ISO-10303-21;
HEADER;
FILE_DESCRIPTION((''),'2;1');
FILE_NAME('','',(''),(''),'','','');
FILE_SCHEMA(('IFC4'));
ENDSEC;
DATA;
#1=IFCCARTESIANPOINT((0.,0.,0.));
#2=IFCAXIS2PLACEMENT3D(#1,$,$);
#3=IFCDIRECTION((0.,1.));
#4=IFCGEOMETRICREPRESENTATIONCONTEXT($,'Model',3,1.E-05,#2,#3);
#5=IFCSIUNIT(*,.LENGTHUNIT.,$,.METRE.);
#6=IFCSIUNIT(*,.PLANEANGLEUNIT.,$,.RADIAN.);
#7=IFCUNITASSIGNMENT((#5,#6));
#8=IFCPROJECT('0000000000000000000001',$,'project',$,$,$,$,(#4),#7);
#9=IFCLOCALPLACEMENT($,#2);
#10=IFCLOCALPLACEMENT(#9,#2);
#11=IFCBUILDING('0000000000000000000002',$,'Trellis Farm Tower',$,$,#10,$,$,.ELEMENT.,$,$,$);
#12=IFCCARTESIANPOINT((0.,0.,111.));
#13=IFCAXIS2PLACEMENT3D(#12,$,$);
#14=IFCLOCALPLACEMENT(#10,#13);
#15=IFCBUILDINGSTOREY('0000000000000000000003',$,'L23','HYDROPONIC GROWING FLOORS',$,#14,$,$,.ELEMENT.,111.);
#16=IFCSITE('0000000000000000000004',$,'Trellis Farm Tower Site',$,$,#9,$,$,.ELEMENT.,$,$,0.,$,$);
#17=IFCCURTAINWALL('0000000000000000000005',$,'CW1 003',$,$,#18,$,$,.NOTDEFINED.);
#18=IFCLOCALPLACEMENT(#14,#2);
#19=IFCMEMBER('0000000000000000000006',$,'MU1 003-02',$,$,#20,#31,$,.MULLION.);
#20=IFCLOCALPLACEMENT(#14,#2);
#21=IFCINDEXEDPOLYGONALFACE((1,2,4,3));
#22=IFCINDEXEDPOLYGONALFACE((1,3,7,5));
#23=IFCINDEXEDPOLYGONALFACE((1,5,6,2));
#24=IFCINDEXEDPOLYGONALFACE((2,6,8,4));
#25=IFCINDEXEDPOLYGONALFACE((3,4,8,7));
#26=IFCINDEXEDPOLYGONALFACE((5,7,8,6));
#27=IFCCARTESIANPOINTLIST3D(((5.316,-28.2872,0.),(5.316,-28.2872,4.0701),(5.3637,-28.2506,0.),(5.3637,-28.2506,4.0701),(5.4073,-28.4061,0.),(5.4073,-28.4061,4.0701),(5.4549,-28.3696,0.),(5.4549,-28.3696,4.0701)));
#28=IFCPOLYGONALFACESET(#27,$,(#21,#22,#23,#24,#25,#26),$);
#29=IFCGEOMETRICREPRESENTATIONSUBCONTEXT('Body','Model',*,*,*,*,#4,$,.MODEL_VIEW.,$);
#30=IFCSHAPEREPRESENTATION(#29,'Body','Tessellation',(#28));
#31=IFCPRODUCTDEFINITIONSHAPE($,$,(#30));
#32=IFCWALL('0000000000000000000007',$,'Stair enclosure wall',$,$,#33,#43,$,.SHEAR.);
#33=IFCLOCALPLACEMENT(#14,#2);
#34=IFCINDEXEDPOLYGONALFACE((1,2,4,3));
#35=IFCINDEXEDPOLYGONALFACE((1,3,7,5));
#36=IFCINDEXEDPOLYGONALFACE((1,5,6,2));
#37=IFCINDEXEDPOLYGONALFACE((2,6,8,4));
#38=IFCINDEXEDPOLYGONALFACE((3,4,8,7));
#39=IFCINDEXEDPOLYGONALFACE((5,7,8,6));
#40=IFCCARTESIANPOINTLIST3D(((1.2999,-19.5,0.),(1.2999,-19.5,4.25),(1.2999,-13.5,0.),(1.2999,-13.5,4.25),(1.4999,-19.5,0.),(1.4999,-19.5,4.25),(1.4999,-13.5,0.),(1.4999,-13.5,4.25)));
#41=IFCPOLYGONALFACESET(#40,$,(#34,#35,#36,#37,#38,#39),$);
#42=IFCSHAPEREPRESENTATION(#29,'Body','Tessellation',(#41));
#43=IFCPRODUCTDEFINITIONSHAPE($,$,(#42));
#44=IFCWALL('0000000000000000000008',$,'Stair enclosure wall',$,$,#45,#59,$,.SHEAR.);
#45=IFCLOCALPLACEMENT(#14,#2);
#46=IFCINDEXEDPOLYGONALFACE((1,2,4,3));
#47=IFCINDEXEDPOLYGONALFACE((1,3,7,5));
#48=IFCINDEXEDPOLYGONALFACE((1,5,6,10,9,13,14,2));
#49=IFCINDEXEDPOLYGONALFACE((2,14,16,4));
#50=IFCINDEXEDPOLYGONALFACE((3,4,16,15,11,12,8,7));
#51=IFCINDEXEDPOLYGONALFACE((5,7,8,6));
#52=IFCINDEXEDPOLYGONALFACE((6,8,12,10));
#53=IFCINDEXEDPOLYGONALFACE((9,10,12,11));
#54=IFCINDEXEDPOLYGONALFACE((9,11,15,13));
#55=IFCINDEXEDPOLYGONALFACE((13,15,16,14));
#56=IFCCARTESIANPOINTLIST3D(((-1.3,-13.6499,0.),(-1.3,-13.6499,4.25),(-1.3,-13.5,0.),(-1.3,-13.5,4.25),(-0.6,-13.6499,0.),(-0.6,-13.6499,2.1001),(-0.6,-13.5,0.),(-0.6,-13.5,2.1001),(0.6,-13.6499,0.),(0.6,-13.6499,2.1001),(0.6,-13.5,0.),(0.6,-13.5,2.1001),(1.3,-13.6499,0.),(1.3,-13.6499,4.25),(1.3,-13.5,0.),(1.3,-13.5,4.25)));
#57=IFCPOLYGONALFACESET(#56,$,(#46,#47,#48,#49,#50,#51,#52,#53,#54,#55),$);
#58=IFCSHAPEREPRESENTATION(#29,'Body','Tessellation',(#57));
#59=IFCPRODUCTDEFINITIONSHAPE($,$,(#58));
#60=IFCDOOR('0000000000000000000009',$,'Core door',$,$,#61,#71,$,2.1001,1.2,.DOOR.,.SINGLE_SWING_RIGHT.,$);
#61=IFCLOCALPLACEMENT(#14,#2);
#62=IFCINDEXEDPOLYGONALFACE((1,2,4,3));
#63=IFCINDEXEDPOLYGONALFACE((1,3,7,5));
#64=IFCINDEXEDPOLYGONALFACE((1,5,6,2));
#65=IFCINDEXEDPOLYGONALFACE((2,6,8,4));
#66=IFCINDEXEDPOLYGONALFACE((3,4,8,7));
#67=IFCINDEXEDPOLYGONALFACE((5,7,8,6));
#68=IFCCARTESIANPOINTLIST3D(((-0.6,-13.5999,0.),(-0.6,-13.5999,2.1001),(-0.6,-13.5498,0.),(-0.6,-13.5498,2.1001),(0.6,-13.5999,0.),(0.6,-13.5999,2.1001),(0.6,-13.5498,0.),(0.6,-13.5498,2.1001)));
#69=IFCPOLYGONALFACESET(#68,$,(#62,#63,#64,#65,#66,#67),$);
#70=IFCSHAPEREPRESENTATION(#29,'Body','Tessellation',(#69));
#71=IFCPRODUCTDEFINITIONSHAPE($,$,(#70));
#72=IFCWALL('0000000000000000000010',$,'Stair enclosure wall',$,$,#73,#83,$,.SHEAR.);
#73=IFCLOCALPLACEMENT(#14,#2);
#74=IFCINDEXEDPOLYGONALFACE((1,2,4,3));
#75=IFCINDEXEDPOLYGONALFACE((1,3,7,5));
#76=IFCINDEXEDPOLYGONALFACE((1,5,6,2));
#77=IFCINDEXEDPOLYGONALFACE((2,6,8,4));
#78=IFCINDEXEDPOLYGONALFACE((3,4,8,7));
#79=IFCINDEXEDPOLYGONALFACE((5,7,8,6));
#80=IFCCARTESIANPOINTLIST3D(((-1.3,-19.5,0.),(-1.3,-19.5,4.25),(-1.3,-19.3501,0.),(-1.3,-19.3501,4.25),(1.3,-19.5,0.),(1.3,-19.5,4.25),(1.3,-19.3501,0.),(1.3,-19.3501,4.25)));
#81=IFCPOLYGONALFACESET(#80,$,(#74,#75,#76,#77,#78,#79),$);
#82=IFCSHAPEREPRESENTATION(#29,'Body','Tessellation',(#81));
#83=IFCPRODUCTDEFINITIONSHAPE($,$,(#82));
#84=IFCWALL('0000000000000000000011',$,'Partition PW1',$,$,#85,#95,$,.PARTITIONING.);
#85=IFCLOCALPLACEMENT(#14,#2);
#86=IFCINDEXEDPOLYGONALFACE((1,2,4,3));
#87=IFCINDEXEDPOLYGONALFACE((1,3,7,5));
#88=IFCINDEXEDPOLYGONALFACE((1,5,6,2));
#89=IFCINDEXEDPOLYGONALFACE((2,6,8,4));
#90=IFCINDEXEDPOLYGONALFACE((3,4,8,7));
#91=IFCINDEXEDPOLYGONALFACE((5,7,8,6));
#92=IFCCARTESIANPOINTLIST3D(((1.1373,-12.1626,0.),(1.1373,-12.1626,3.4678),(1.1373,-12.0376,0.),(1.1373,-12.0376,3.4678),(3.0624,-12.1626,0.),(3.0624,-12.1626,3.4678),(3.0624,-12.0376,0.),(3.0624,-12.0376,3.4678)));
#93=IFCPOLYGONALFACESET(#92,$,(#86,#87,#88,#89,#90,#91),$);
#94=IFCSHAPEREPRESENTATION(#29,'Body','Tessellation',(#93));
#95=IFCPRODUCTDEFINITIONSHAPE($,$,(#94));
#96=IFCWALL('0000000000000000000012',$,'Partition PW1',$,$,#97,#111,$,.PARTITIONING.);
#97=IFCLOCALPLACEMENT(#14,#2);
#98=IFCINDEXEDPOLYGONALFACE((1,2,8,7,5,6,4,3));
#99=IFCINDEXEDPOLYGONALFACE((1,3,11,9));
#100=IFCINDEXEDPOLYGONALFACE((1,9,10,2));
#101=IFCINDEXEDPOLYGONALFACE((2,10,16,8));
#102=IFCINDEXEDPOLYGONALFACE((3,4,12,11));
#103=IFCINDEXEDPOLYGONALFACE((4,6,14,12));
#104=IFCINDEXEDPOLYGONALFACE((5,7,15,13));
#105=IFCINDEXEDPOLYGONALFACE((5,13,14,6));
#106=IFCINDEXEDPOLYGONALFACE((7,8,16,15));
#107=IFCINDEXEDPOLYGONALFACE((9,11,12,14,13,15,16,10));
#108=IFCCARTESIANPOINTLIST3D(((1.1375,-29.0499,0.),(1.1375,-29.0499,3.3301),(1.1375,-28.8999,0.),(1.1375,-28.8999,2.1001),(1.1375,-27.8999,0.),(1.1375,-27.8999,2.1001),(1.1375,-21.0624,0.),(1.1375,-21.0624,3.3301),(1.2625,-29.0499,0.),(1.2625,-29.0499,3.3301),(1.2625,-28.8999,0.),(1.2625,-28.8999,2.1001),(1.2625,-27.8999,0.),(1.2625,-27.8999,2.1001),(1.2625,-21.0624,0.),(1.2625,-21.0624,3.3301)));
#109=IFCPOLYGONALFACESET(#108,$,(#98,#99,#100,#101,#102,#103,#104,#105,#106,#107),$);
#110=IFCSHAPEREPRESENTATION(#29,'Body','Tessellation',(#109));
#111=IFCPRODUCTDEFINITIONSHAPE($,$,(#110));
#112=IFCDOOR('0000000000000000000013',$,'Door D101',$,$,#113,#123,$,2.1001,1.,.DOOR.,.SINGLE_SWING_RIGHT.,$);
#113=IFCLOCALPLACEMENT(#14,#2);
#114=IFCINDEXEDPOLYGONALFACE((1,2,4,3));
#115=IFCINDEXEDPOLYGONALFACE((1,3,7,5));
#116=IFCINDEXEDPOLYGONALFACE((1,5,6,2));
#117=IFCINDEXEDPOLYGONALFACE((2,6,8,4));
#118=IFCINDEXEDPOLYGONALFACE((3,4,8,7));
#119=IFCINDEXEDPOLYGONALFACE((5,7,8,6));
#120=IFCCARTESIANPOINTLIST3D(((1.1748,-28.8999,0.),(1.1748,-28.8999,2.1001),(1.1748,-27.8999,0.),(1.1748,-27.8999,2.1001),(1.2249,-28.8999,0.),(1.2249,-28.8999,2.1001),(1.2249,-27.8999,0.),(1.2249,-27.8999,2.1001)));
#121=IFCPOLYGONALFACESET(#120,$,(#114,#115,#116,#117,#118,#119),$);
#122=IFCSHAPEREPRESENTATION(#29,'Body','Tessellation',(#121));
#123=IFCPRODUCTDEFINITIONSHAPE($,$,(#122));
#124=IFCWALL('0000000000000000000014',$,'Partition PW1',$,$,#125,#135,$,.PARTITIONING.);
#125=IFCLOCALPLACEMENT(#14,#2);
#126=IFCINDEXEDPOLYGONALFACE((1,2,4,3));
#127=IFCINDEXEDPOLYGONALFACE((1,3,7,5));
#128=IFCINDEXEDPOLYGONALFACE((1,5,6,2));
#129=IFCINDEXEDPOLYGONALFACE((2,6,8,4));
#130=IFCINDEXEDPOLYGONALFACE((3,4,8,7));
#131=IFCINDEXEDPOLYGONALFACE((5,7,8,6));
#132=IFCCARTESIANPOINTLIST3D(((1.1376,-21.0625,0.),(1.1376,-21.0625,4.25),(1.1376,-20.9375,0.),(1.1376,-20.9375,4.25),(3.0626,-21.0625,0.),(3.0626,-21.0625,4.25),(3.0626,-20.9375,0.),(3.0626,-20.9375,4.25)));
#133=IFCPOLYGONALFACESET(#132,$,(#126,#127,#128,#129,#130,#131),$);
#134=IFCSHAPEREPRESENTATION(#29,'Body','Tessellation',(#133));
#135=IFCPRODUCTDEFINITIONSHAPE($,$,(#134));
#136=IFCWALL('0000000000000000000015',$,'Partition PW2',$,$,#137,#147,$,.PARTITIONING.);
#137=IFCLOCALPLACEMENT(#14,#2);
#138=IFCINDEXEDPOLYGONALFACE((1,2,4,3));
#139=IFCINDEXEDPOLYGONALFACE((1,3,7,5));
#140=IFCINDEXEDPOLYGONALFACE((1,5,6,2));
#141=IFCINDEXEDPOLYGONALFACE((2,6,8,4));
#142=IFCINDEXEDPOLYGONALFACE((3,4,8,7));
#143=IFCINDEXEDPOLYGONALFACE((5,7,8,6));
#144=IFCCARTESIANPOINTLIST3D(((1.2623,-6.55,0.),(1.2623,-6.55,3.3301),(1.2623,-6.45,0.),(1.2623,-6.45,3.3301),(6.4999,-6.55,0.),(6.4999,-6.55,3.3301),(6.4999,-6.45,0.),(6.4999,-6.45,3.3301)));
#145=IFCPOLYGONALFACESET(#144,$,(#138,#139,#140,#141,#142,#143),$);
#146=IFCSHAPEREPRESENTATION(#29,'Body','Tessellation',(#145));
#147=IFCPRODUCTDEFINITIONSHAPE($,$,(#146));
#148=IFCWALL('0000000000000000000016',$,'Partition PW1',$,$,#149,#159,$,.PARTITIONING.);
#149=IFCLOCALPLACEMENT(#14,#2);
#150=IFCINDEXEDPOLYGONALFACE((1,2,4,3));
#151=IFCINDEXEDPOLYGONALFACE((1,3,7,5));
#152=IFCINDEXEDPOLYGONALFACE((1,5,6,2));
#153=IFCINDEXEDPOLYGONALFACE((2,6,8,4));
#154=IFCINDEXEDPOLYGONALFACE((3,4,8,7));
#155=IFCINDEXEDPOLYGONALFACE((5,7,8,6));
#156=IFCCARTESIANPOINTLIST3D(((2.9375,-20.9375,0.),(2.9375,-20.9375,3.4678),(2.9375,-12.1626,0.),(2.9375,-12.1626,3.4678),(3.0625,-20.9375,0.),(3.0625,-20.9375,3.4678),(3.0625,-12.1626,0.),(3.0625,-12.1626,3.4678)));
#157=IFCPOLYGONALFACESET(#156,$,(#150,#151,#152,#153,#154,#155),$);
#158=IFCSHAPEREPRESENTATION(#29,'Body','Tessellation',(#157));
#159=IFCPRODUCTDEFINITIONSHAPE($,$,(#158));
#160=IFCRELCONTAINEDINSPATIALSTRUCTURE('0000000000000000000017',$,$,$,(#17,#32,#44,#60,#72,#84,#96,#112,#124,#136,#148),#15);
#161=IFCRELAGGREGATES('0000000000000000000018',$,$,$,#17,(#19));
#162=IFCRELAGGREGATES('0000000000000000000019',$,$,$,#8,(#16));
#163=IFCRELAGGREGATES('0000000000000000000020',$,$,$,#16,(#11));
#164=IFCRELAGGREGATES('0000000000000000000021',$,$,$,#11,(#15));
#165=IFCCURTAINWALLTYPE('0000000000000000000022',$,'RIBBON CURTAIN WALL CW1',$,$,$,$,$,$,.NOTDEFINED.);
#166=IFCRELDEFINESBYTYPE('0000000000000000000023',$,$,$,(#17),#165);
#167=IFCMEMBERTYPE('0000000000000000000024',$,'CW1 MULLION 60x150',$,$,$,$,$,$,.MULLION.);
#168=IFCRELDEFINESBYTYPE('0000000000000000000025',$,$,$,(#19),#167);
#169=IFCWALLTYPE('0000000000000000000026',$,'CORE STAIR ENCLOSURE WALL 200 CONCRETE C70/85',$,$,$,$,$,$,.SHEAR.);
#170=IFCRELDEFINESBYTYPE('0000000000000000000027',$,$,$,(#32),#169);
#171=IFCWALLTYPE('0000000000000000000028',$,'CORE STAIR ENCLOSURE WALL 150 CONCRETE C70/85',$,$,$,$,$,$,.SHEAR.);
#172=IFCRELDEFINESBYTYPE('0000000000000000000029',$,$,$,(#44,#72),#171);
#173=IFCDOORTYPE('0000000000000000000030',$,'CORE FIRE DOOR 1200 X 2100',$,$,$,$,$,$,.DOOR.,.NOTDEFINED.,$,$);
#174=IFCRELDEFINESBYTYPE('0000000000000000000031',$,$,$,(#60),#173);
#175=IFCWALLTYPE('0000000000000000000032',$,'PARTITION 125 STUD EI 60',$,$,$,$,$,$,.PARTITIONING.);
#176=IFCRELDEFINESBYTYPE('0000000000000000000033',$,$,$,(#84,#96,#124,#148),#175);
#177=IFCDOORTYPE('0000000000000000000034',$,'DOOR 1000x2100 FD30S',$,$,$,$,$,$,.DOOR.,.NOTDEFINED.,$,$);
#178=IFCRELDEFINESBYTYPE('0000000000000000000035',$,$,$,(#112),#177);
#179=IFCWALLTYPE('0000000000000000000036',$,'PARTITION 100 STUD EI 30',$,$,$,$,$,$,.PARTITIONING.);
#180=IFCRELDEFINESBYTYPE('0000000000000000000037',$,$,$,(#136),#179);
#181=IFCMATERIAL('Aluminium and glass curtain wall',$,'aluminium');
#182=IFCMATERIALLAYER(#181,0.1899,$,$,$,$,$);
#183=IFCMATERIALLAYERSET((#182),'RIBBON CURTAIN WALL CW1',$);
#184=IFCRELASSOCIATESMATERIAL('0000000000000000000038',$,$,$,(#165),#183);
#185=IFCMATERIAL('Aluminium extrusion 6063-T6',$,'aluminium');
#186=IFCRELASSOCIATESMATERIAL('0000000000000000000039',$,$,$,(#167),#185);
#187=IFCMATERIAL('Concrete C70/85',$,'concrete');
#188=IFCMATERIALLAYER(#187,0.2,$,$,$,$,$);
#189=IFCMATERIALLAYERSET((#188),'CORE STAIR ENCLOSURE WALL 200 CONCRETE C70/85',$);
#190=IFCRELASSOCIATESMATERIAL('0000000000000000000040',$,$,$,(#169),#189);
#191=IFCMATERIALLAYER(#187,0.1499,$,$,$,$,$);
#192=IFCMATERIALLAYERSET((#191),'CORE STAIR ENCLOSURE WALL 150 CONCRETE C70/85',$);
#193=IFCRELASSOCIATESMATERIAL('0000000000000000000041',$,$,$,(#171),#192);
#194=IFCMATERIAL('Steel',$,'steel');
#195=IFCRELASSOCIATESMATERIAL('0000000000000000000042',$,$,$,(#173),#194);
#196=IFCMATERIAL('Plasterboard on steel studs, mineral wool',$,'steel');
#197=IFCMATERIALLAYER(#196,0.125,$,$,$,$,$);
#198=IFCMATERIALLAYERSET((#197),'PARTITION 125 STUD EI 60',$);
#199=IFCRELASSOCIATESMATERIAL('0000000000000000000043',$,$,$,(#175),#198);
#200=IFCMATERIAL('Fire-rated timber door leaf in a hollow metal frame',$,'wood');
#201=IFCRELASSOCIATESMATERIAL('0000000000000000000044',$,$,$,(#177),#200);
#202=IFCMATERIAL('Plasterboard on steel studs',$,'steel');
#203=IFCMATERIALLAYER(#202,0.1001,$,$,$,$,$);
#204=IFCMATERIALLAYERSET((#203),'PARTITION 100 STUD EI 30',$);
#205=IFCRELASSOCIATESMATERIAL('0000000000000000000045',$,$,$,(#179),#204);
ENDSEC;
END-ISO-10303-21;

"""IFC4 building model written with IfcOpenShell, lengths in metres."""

from ifc_helpers import new_model, si_unit, direction, frame, frame_2d, origin, origin_2d, place, context, subcontext, project, spatial, rectangle, extrude, source, transform, mapped, material, layer, layer_set, material_profile, profile_set, type_object, element, fill, aggregate, save


model = new_model("IFC4")

# Units and contexts
model_context = context("Model", 3, precision=1e-05, world=origin(), true_north=direction((0.0, 1.0)))
body_context = subcontext(model_context, "Body", "Model", "MODEL_VIEW")
ifc_project = project(units=[si_unit("LENGTHUNIT", "METRE"), si_unit("PLANEANGLEUNIT", "RADIAN")], contexts=[model_context])

# Site, building, storey
site_placement = place(None, origin())
site = spatial("IfcSite", under=ifc_project, at=site_placement, Name="Trellis Farm Tower Site", CompositionType="ELEMENT", RefElevation=0.0)
building_placement = place(site_placement, origin())
building = spatial("IfcBuilding", under=site, at=building_placement, Name="Trellis Farm Tower", CompositionType="ELEMENT")
storey_placement = place(building_placement, frame((0.0, 0.0, 111.0)))
storey = spatial("IfcBuildingStorey", under=building, at=storey_placement, Name="L23", Description="HYDROPONIC GROWING FLOORS", CompositionType="ELEMENT", Elevation=111.0)

# Curtain wall, member
ifc_material_1 = material(Name="Aluminium and glass curtain wall", Category="aluminium")
ifc_layer_1 = layer(ifc_material_1, 0.1899)
ifc_layer_set_1 = layer_set([ifc_layer_1], Name="RIBBON CURTAIN WALL CW1")
curtain_wall_type = type_object("IfcCurtainWallType", Name="RIBBON CURTAIN WALL CW1", PredefinedType="NOTDEFINED", material=ifc_layer_set_1)
placement = place(storey_placement, origin())
curtain_wall = element("IfcCurtainWall", 1, at=placement, inside=storey, type_object=curtain_wall_type, Name="CW1 003", PredefinedType="NOTDEFINED")
ifc_material_2 = material(Name="Aluminium extrusion 6063-T6", Category="aluminium")
ifc_material_profile_1 = material_profile(ifc_material_2, rectangle(XDim=0.0601, YDim=0.1499, at=origin_2d()), Name="MULLION 60x150")
ifc_profile_set_1 = profile_set([ifc_material_profile_1], Name="Aluminium extrusion 6063-T6")
member_type = type_object("IfcMemberType", Name="CW1 MULLION 60x150", PredefinedType="MULLION", material=ifc_profile_set_1)
shared_shape_1 = source(origin(), body_context, "Body", "SweptSolid", [
    extrude(rectangle(XDim=0.0601, YDim=0.1499, at=origin_2d()), origin(), (0.0, 0.0, 1.0), 4.0701),
])
member_placement = place(storey_placement, frame((5.3855, -28.3284, 0.0), z_axis=(0.0, 0.0, 1.0), x_axis=(0.793353, 0.608761, 0.0)))
member = element("IfcMember", 2, at=member_placement, type_object=member_type, Name="MU1 003-02", PredefinedType="MULLION", context=body_context, shape_type="MappedRepresentation", body=[
    mapped(shared_shape_1, transform((0.0, 0.0, 0.0))),
])
aggregate(curtain_wall, [member])

# Wall
ifc_material_3 = material(Name="Concrete C70/85", Category="concrete")
ifc_layer_2 = layer(ifc_material_3, 0.2)
ifc_layer_set_2 = layer_set([ifc_layer_2], Name="CORE STAIR ENCLOSURE WALL 200 CONCRETE C70/85")
wall_type_1 = type_object("IfcWallType", Name="CORE STAIR ENCLOSURE WALL 200 CONCRETE C70/85", PredefinedType="SHEAR", material=ifc_layer_set_2)
shared_shape_2 = source(origin(), body_context, "Body", "SweptSolid", [
    extrude(rectangle(XDim=6.0, YDim=0.2, at=frame_2d((3.0, 0.0))), origin(), (0.0, 0.0, 1.0), 4.25),
])
wall_1_placement = place(storey_placement, frame((1.3999, -13.5, 0.0), z_axis=(0.0, 0.0, 1.0), x_axis=(0.0, -1.0, 0.0)))
element("IfcWall", 3, at=wall_1_placement, inside=storey, type_object=wall_type_1, Name="Stair enclosure wall", PredefinedType="SHEAR", context=body_context, shape_type="MappedRepresentation", body=[
    mapped(shared_shape_2, transform((0.0, 0.0, 0.0))),
])

# Wall, opening, door
ifc_layer_3 = layer(ifc_material_3, 0.1499)
ifc_layer_set_3 = layer_set([ifc_layer_3], Name="CORE STAIR ENCLOSURE WALL 150 CONCRETE C70/85")
wall_type_2 = type_object("IfcWallType", Name="CORE STAIR ENCLOSURE WALL 150 CONCRETE C70/85", PredefinedType="SHEAR", material=ifc_layer_set_3)
shared_shape_3 = source(origin(), body_context, "Body", "SweptSolid", [
    extrude(rectangle(XDim=2.6001, YDim=0.1499, at=frame_2d((1.3, 0.0))), origin(), (0.0, 0.0, 1.0), 4.25),
])
wall_2_placement = place(storey_placement, frame((1.3, -13.575, 0.0), z_axis=(0.0, 0.0, 1.0), x_axis=(-1.0, 0.0, 0.0)))
wall_2 = element("IfcWall", 4, at=wall_2_placement, inside=storey, type_object=wall_type_2, Name="Stair enclosure wall", PredefinedType="SHEAR", context=body_context, shape_type="MappedRepresentation", body=[
    mapped(shared_shape_3, transform((0.0, 0.0, 0.0))),
])
shared_shape_4 = source(origin(), body_context, "Body", "SweptSolid", [
    extrude(rectangle(XDim=1.2, YDim=2.1001, at=frame_2d((0.6001, 1.05))), frame((0.0, 0.085, 0.0), z_axis=(0.0, -1.0, 0.0), x_axis=(1.0, 0.0, 0.0)), (0.0, 0.0, 1.0), 0.1699),
])
opening_1_placement = place(wall_2_placement, frame((0.7, 0.0, 0.0)))
opening_1 = element("IfcOpeningElement", 5, at=opening_1_placement, cuts=wall_2, PredefinedType="OPENING", context=body_context, shape_type="MappedRepresentation", body=[
    mapped(shared_shape_4, transform((0.0, 0.0, 0.0))),
])
ifc_material_4 = material(Name="Steel", Category="steel")
door_type_1 = type_object("IfcDoorType", Name="CORE FIRE DOOR 1200 X 2100", OperationType="NOTDEFINED", PredefinedType="DOOR", material=ifc_material_4)
shared_shape_5 = source(origin(), body_context, "Body", "SweptSolid", [
    extrude(rectangle(XDim=1.2, YDim=2.1001, at=frame_2d((0.6001, 1.05))), frame((0.0, 0.0249, 0.0), z_axis=(0.0, -1.0, 0.0), x_axis=(1.0, 0.0, 0.0)), (0.0, 0.0, 1.0), 0.05),
])
door_1_placement = place(opening_1_placement, origin())
door_1 = element("IfcDoor", 6, at=door_1_placement, inside=storey, type_object=door_type_1, Name="Core door", OperationType="SINGLE_SWING_RIGHT", OverallHeight=2.1001, OverallWidth=1.2, PredefinedType="DOOR", context=body_context, shape_type="MappedRepresentation", body=[
    mapped(shared_shape_5, transform((0.0, 0.0, 0.0))),
])
fill(opening_1, door_1)

# Walls
wall_3_placement = place(storey_placement, frame((1.3, -19.425, 0.0), z_axis=(0.0, 0.0, 1.0), x_axis=(-1.0, 0.0, 0.0)))
element("IfcWall", 7, at=wall_3_placement, inside=storey, type_object=wall_type_2, Name="Stair enclosure wall", PredefinedType="SHEAR", context=body_context, shape_type="MappedRepresentation", body=[
    mapped(shared_shape_3, transform((0.0, 0.0, 0.0))),
])
ifc_material_5 = material(Name="Plasterboard on steel studs, mineral wool", Category="steel")
ifc_layer_4 = layer(ifc_material_5, 0.125)
ifc_layer_set_4 = layer_set([ifc_layer_4], Name="PARTITION 125 STUD EI 60")
wall_type_3 = type_object("IfcWallType", Name="PARTITION 125 STUD EI 60", PredefinedType="PARTITIONING", material=ifc_layer_set_4)
shared_shape_6 = source(origin(), body_context, "Body", "SweptSolid", [
    extrude(rectangle(XDim=1.925, YDim=0.125, at=frame_2d((0.9624, 0.0))), origin(), (0.0, 0.0, 1.0), 3.4678),
])
wall_4_placement = place(storey_placement, frame((1.1375, -12.1001, 0.0), z_axis=(0.0, 0.0, 1.0), x_axis=(1.0, 0.0, 0.0)))
element("IfcWall", 8, at=wall_4_placement, inside=storey, type_object=wall_type_3, Name="Partition PW1", PredefinedType="PARTITIONING", context=body_context, shape_type="MappedRepresentation", body=[
    mapped(shared_shape_6, transform((0.0, 0.0, 0.0))),
])

# Wall, opening, door
shared_shape_7 = source(origin(), body_context, "Body", "SweptSolid", [
    extrude(rectangle(XDim=7.9875, YDim=0.125, at=frame_2d((3.9937, 0.0))), origin(), (0.0, 0.0, 1.0), 3.3301),
])
wall_5_placement = place(storey_placement, frame((1.2, -21.0625, 0.0), z_axis=(0.0, 0.0, 1.0), x_axis=(0.0, -1.0, 0.0)))
wall_5 = element("IfcWall", 9, at=wall_5_placement, inside=storey, type_object=wall_type_3, Name="Partition PW1", PredefinedType="PARTITIONING", context=body_context, shape_type="MappedRepresentation", body=[
    mapped(shared_shape_7, transform((0.0, 0.0, 0.0))),
])
shared_shape_8 = source(origin(), body_context, "Body", "SweptSolid", [
    extrude(rectangle(XDim=1.0, YDim=2.1001, at=frame_2d((0.5, 1.05))), frame((0.0, 0.0725, 0.0), z_axis=(0.0, -1.0, 0.0), x_axis=(1.0, 0.0, 0.0)), (0.0, 0.0, 1.0), 0.145),
])
opening_2_placement = place(wall_5_placement, frame((6.8374, 0.0, 0.0)))
opening_2 = element("IfcOpeningElement", 10, at=opening_2_placement, cuts=wall_5, PredefinedType="OPENING", context=body_context, shape_type="MappedRepresentation", body=[
    mapped(shared_shape_8, transform((0.0, 0.0, 0.0))),
])
ifc_material_6 = material(Name="Fire-rated timber door leaf in a hollow metal frame", Category="wood")
door_type_2 = type_object("IfcDoorType", Name="DOOR 1000x2100 FD30S", OperationType="NOTDEFINED", PredefinedType="DOOR", material=ifc_material_6)
shared_shape_9 = source(origin(), body_context, "Body", "SweptSolid", [
    extrude(rectangle(XDim=1.0, YDim=2.1001, at=frame_2d((0.5, 1.05))), frame((0.0, 0.0249, 0.0), z_axis=(0.0, -1.0, 0.0), x_axis=(1.0, 0.0, 0.0)), (0.0, 0.0, 1.0), 0.05),
])
door_2_placement = place(opening_2_placement, origin())
door_2 = element("IfcDoor", 11, at=door_2_placement, inside=storey, type_object=door_type_2, Name="Door D101", OperationType="SINGLE_SWING_RIGHT", OverallHeight=2.1001, OverallWidth=1.0, PredefinedType="DOOR", context=body_context, shape_type="MappedRepresentation", body=[
    mapped(shared_shape_9, transform((0.0, 0.0, 0.0))),
])
fill(opening_2, door_2)

# Walls
shared_shape_10 = source(origin(), body_context, "Body", "SweptSolid", [
    extrude(rectangle(XDim=1.925, YDim=0.125, at=frame_2d((0.9624, 0.0))), origin(), (0.0, 0.0, 1.0), 4.25),
])
wall_6_placement = place(storey_placement, frame((3.0625, -21.0, 0.0), z_axis=(0.0, 0.0, 1.0), x_axis=(-1.0, 0.0, 0.0)))
element("IfcWall", 12, at=wall_6_placement, inside=storey, type_object=wall_type_3, Name="Partition PW1", PredefinedType="PARTITIONING", context=body_context, shape_type="MappedRepresentation", body=[
    mapped(shared_shape_10, transform((0.0, 0.0, 0.0))),
])
ifc_material_7 = material(Name="Plasterboard on steel studs", Category="steel")
ifc_layer_5 = layer(ifc_material_7, 0.1001)
ifc_layer_set_5 = layer_set([ifc_layer_5], Name="PARTITION 100 STUD EI 30")
wall_type_4 = type_object("IfcWallType", Name="PARTITION 100 STUD EI 30", PredefinedType="PARTITIONING", material=ifc_layer_set_5)
shared_shape_11 = source(origin(), body_context, "Body", "SweptSolid", [
    extrude(rectangle(XDim=5.2375, YDim=0.1001, at=frame_2d((2.6187, 0.0))), origin(), (0.0, 0.0, 1.0), 3.3301),
])
wall_7_placement = place(storey_placement, frame((1.2625, -6.5, 0.0), z_axis=(0.0, 0.0, 1.0), x_axis=(1.0, 0.0, 0.0)))
element("IfcWall", 13, at=wall_7_placement, inside=storey, type_object=wall_type_4, Name="Partition PW2", PredefinedType="PARTITIONING", context=body_context, shape_type="MappedRepresentation", body=[
    mapped(shared_shape_11, transform((0.0, 0.0, 0.0))),
])
shared_shape_12 = source(origin(), body_context, "Body", "SweptSolid", [
    extrude(rectangle(XDim=8.7749, YDim=0.125, at=frame_2d((4.3875, 0.0))), origin(), (0.0, 0.0, 1.0), 3.4678),
])
wall_8_placement = place(storey_placement, frame((3.0, -12.1626, 0.0), z_axis=(0.0, 0.0, 1.0), x_axis=(0.0, -1.0, 0.0)))
element("IfcWall", 14, at=wall_8_placement, inside=storey, type_object=wall_type_3, Name="Partition PW1", PredefinedType="PARTITIONING", context=body_context, shape_type="MappedRepresentation", body=[
    mapped(shared_shape_12, transform((0.0, 0.0, 0.0))),
])

save(model, "model.ifc")
